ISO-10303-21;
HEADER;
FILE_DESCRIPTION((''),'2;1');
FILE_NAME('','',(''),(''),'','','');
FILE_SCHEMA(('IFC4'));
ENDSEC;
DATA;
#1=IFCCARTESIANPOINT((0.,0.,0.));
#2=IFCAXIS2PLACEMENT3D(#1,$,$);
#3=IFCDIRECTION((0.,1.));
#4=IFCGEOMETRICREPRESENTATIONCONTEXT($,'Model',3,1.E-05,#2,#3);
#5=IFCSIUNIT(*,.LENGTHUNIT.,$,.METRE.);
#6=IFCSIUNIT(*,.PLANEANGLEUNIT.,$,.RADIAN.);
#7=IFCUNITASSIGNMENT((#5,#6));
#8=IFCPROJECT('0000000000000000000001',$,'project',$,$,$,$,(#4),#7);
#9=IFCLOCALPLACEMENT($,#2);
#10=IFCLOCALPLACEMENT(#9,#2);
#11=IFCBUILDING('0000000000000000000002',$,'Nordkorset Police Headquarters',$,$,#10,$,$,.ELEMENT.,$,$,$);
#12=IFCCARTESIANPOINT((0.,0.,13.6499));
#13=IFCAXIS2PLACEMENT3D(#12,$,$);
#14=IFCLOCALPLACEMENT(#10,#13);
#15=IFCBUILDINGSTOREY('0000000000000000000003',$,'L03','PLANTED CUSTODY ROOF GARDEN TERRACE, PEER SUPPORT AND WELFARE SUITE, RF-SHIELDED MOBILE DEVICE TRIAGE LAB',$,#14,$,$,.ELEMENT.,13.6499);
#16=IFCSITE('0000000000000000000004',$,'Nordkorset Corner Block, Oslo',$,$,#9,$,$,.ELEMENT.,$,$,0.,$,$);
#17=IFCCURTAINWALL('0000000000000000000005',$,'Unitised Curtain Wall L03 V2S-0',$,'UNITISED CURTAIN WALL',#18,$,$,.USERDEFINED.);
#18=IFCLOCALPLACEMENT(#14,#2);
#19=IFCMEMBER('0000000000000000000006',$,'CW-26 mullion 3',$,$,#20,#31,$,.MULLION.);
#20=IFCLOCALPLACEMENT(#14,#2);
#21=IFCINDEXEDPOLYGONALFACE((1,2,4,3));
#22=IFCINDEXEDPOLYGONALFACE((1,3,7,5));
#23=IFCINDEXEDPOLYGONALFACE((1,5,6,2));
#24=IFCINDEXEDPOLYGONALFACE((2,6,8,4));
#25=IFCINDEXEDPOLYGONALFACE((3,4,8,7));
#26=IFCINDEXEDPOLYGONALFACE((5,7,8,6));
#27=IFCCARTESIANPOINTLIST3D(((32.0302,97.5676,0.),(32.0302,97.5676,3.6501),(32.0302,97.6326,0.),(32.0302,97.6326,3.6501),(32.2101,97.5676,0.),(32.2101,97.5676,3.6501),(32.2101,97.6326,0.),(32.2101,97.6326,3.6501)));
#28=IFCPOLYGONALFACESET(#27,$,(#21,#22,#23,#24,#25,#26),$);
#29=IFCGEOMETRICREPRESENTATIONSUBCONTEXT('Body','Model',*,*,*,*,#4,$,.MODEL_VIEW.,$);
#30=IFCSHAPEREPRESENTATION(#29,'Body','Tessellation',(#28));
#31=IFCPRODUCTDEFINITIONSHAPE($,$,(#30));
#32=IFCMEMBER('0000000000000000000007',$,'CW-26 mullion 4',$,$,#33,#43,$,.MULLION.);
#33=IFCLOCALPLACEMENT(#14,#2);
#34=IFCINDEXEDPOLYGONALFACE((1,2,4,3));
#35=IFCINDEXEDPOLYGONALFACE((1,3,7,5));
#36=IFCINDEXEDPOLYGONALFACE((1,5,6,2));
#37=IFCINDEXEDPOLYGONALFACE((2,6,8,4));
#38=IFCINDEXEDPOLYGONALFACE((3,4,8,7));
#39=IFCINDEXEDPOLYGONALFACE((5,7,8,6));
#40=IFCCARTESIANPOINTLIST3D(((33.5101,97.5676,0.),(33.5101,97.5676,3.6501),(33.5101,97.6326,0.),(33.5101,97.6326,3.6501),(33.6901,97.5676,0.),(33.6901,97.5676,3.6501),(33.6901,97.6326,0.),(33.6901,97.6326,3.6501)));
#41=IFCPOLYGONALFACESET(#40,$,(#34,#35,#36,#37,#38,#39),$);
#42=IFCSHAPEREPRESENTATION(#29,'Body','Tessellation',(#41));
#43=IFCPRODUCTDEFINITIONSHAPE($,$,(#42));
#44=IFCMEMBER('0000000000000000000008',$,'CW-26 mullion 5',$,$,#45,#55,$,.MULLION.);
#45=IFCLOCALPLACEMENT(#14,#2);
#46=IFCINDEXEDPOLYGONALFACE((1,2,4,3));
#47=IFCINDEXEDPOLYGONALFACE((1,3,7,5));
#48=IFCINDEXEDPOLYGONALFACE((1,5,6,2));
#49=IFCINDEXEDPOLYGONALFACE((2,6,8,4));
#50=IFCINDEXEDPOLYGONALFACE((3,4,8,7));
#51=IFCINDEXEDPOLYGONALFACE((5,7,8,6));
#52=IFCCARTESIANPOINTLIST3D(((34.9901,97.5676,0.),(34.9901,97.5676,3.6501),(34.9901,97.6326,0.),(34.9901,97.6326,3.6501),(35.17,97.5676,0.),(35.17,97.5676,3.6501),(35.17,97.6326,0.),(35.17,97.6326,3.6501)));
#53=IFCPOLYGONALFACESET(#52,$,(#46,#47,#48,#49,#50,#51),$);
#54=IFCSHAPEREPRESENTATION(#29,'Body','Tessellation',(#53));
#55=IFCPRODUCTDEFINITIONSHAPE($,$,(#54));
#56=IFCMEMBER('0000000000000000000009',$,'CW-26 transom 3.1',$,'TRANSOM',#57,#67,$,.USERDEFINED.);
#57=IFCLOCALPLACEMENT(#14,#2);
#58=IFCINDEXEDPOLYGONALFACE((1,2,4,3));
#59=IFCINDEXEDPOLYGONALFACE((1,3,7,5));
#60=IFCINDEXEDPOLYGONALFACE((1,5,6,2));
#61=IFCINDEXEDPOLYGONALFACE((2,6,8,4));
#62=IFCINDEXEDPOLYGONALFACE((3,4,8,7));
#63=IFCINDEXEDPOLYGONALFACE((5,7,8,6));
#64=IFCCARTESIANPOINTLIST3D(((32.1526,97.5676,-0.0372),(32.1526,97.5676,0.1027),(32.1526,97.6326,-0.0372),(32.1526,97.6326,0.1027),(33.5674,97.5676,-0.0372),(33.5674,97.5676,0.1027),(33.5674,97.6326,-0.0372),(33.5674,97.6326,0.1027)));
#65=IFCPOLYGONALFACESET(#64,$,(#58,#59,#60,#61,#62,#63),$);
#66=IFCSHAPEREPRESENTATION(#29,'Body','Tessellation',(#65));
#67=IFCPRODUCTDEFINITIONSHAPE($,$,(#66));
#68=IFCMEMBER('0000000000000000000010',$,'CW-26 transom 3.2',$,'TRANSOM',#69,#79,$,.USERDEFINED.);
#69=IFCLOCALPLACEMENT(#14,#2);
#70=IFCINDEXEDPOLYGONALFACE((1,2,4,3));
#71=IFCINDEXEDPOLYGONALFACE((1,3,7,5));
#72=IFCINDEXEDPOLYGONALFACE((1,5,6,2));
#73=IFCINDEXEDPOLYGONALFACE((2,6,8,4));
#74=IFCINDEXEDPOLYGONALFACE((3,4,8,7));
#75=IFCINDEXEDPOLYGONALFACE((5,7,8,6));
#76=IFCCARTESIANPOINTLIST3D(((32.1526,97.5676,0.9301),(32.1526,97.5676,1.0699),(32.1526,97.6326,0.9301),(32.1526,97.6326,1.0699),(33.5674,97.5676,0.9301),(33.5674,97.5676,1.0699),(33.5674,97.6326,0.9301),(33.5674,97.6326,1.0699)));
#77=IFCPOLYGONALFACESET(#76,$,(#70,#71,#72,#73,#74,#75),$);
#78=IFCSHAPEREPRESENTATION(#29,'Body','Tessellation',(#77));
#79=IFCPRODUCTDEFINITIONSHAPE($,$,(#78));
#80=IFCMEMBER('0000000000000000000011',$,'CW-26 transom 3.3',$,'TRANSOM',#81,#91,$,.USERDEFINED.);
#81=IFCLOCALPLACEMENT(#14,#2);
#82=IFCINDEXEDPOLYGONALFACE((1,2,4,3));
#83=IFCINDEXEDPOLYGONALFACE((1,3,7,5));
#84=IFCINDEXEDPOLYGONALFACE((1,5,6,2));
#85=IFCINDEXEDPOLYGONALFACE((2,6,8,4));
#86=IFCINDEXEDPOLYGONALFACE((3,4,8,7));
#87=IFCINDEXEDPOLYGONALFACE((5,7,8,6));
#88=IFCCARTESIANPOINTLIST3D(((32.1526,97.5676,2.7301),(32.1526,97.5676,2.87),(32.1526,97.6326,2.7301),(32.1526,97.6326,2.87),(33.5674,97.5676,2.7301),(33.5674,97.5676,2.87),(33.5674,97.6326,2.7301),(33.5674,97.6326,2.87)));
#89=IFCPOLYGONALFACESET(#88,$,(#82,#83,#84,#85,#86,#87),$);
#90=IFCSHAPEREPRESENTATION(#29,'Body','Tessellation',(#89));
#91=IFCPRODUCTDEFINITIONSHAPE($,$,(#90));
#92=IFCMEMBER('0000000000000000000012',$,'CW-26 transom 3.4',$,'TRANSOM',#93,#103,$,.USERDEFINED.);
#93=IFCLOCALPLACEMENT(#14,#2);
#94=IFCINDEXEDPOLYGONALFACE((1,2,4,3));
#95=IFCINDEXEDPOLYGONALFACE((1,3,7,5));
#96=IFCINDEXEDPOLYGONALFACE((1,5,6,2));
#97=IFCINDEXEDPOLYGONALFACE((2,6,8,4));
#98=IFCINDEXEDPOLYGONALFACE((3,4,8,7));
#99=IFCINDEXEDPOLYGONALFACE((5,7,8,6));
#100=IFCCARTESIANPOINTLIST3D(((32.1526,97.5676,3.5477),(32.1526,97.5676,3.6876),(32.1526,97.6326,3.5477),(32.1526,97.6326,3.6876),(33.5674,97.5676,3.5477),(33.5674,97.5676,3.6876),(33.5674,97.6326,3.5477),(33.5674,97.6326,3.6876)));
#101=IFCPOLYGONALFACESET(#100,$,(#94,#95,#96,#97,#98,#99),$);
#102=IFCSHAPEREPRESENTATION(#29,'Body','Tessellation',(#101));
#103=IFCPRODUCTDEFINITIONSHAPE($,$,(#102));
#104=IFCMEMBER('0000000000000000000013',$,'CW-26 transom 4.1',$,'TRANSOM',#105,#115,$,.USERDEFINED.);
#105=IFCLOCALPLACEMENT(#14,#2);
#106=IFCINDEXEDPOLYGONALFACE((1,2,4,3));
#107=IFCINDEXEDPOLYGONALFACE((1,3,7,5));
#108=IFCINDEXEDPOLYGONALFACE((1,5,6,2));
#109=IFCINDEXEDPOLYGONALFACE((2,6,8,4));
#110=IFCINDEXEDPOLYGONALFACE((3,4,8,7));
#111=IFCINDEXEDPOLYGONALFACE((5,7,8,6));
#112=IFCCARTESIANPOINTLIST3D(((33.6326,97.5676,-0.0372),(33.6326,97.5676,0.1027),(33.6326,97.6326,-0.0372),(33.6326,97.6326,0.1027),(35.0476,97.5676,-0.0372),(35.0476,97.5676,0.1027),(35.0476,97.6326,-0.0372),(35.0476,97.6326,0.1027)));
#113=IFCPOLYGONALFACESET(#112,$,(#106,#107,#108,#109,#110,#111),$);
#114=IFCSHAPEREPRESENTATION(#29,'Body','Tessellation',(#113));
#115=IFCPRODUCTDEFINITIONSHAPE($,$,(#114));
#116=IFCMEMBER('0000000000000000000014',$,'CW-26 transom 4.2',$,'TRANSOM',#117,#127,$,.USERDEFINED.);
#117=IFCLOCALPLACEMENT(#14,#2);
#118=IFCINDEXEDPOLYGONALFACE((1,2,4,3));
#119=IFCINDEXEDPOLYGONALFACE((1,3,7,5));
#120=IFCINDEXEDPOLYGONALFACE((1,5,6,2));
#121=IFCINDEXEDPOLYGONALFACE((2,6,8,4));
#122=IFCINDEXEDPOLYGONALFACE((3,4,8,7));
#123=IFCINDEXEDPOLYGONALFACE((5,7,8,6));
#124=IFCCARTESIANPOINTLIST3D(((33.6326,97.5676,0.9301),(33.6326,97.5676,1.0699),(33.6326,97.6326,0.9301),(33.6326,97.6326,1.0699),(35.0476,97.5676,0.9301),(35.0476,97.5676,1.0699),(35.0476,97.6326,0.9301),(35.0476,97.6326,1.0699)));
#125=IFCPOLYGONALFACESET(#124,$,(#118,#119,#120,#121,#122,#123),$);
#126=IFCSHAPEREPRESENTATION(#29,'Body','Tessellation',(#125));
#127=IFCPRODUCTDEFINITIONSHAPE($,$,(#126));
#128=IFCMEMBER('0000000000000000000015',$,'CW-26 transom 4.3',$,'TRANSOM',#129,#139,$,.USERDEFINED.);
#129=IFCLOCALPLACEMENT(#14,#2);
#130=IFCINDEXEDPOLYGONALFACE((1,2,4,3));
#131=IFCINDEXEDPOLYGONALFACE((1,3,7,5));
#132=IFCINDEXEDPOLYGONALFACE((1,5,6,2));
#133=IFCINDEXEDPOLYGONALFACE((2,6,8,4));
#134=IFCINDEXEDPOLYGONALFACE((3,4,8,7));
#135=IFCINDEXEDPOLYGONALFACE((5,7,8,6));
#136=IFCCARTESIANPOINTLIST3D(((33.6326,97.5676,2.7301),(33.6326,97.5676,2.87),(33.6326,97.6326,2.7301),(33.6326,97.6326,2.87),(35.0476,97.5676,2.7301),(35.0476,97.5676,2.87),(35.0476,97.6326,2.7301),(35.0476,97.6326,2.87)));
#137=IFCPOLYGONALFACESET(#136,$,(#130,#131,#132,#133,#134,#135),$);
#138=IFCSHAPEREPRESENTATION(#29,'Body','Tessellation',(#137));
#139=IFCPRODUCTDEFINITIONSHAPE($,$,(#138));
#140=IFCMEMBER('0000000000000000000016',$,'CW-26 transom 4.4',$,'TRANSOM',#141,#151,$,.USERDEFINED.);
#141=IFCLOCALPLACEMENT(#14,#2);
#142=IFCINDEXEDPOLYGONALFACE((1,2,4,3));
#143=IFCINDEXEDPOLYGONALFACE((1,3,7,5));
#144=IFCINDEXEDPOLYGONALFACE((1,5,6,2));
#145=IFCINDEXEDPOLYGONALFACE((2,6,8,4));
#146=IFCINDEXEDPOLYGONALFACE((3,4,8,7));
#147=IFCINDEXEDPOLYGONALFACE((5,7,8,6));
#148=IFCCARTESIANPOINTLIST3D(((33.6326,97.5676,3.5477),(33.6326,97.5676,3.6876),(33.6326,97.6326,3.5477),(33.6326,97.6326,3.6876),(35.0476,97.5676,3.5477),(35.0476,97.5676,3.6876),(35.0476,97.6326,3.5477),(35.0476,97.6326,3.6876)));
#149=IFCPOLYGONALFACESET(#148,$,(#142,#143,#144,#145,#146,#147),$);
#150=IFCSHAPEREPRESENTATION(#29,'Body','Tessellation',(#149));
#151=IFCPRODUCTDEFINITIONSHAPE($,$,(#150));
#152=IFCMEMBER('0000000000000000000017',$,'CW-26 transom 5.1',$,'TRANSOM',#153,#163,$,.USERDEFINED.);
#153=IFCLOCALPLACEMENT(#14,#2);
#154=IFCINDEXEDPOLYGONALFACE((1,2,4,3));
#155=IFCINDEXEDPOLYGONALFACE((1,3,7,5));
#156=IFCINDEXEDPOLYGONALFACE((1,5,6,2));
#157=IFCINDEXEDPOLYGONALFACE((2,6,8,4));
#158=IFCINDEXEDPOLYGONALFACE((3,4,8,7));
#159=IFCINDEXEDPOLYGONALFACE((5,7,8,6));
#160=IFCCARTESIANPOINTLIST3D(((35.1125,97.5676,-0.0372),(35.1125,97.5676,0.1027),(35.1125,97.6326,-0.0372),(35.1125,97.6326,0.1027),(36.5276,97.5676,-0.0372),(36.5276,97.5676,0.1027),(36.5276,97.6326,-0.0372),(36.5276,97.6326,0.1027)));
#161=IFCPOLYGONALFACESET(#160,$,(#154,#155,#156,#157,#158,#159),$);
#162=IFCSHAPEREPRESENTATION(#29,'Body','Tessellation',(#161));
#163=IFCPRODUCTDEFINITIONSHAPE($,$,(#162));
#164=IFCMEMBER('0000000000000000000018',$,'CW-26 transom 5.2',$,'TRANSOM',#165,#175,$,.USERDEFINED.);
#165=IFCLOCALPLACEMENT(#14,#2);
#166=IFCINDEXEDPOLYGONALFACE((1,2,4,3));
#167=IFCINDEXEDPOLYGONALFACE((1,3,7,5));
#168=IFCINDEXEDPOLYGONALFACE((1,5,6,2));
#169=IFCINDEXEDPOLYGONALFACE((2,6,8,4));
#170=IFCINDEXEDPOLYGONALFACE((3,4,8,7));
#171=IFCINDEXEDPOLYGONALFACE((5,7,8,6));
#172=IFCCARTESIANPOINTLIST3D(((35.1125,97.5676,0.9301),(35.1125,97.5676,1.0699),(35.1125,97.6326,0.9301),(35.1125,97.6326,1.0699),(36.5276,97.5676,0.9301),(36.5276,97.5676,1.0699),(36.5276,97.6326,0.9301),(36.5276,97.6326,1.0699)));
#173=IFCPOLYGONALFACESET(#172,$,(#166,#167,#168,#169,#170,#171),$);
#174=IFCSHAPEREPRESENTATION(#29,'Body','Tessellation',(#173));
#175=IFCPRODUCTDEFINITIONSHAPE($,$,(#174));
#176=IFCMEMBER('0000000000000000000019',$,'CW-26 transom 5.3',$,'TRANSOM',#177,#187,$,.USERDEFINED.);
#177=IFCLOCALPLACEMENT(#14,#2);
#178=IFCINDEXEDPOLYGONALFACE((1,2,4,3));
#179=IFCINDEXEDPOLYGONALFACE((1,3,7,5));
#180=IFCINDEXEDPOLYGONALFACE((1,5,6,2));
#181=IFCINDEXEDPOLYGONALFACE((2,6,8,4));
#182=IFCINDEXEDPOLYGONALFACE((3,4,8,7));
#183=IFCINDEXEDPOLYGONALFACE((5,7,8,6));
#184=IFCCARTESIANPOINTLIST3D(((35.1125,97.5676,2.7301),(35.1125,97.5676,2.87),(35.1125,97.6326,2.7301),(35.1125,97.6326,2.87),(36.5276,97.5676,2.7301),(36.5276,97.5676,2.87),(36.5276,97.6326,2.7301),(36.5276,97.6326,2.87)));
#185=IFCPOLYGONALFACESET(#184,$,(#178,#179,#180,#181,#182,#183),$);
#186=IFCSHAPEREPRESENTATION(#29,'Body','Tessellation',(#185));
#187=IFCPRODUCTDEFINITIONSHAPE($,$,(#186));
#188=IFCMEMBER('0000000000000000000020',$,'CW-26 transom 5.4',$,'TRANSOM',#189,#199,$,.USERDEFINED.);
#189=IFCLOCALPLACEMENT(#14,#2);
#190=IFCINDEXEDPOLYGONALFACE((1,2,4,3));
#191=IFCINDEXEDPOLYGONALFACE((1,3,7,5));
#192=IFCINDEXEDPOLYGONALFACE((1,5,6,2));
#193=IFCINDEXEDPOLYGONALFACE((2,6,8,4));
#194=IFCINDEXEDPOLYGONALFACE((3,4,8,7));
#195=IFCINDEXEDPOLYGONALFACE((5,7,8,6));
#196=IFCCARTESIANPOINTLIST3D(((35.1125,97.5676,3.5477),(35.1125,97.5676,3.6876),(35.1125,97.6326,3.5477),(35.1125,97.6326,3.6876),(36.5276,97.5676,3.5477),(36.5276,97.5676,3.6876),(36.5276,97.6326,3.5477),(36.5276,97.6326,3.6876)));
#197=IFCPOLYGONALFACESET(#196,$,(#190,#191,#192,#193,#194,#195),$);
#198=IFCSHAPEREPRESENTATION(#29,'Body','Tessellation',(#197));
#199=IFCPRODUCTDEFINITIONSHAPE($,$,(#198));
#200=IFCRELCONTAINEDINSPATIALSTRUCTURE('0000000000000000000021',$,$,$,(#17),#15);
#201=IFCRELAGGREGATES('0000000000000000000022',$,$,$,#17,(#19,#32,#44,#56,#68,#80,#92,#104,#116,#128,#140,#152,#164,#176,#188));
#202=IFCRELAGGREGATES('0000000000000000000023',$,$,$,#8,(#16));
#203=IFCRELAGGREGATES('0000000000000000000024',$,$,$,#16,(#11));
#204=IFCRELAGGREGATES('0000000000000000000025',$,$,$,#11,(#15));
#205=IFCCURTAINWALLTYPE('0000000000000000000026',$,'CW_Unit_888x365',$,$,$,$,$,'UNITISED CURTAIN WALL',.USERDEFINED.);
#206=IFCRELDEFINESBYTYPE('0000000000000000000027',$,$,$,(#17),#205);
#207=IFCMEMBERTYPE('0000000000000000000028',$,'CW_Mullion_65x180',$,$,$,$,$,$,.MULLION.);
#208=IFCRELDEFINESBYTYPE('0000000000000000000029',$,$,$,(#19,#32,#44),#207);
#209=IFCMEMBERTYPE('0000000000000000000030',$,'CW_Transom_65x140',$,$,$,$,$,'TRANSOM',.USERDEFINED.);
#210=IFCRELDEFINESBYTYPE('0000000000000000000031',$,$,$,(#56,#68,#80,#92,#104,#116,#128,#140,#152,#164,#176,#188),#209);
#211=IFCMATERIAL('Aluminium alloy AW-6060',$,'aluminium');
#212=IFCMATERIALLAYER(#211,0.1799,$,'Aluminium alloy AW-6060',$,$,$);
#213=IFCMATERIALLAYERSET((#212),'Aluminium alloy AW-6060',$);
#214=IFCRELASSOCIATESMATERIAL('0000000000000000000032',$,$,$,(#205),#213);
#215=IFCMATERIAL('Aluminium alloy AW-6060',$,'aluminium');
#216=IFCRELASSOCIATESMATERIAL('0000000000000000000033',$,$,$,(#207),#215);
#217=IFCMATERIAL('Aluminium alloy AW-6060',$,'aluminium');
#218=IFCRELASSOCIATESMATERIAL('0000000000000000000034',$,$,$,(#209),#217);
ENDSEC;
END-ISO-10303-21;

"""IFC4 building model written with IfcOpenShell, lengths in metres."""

from ifc_helpers import new_model, si_unit, direction, frame, origin, origin_2d, place, context, subcontext, project, spatial, rectangle, extrude, material, layer, layer_set, material_profile, profile_set, type_object, element, aggregate, save


model = new_model("IFC4")

# Units and contexts
model_context = context("Model", 3, precision=1e-05, world=origin(), true_north=direction((0.0, 1.0)))
body_context = subcontext(model_context, "Body", "Model", "MODEL_VIEW")
ifc_project = project(units=[si_unit("LENGTHUNIT", "METRE"), si_unit("PLANEANGLEUNIT", "RADIAN")], contexts=[model_context])

# Site, building, storey
site_placement = place(None, origin())
site = spatial("IfcSite", under=ifc_project, at=site_placement, Name="Nordkorset Corner Block, Oslo", CompositionType="ELEMENT", RefElevation=0.0)
building_placement = place(site_placement, origin())
building = spatial("IfcBuilding", under=site, at=building_placement, Name="Nordkorset Police Headquarters", CompositionType="ELEMENT")
storey_placement = place(building_placement, frame((0.0, 0.0, 13.6499)))
storey = spatial("IfcBuildingStorey", under=building, at=storey_placement, Name="L03", Description="PLANTED CUSTODY ROOF GARDEN TERRACE, PEER SUPPORT AND WELFARE SUITE, RF-SHIELDED MOBILE DEVICE TRIAGE LAB", CompositionType="ELEMENT", Elevation=13.6499)

# Curtain wall, members
ifc_material_1 = material(Name="Aluminium alloy AW-6060", Category="aluminium")
ifc_layer_1 = layer(ifc_material_1, 0.1799, Name="Aluminium alloy AW-6060")
ifc_layer_set_1 = layer_set([ifc_layer_1], Name="Aluminium alloy AW-6060")
curtain_wall_type = type_object("IfcCurtainWallType", Name="CW_Unit_888x365", ElementType="UNITISED CURTAIN WALL", PredefinedType="USERDEFINED", material=ifc_layer_set_1)
curtain_wall_placement = place(storey_placement, origin())
curtain_wall = element("IfcCurtainWall", 1, at=curtain_wall_placement, inside=storey, type_object=curtain_wall_type, Name="Unitised Curtain Wall L03 V2S-0", ObjectType="UNITISED CURTAIN WALL", PredefinedType="USERDEFINED")
ifc_material_2 = material(Name="Aluminium alloy AW-6060", Category="aluminium")
ifc_material_profile_1 = material_profile(ifc_material_2, rectangle(XDim=0.0649, YDim=0.1799, at=origin_2d()), Name="ALU MULL 65x180")
ifc_profile_set_1 = profile_set([ifc_material_profile_1], Name="Aluminium alloy AW-6060")
member_type_1 = type_object("IfcMemberType", Name="CW_Mullion_65x180", PredefinedType="MULLION", material=ifc_profile_set_1)
member_1_placement = place(storey_placement, frame((32.1201, 97.6001, 0.0), z_axis=(0.0, 0.0, 1.0), x_axis=(0.0, 1.0, 0.0)))
member_1 = element("IfcMember", 2, at=member_1_placement, type_object=member_type_1, Name="CW-26 mullion 3", PredefinedType="MULLION", context=body_context, shape_type="SweptSolid", body=[
    extrude(rectangle(XDim=0.0649, YDim=0.1799, at=origin_2d()), origin(), (0.0, 0.0, 1.0), 3.6501),
])
member_2_placement = place(storey_placement, frame((33.6001, 97.6001, 0.0), z_axis=(0.0, 0.0, 1.0), x_axis=(0.0, 1.0, 0.0)))
member_2 = element("IfcMember", 3, at=member_2_placement, type_object=member_type_1, Name="CW-26 mullion 4", PredefinedType="MULLION", context=body_context, shape_type="SweptSolid", body=[
    extrude(rectangle(XDim=0.0649, YDim=0.1799, at=origin_2d()), origin(), (0.0, 0.0, 1.0), 3.6501),
])
member_3_placement = place(storey_placement, frame((35.0801, 97.6001, 0.0), z_axis=(0.0, 0.0, 1.0), x_axis=(0.0, 1.0, 0.0)))
member_3 = element("IfcMember", 4, at=member_3_placement, type_object=member_type_1, Name="CW-26 mullion 5", PredefinedType="MULLION", context=body_context, shape_type="SweptSolid", body=[
    extrude(rectangle(XDim=0.0649, YDim=0.1799, at=origin_2d()), origin(), (0.0, 0.0, 1.0), 3.6501),
])
ifc_material_3 = material(Name="Aluminium alloy AW-6060", Category="aluminium")
ifc_material_profile_2 = material_profile(ifc_material_3, rectangle(XDim=0.0649, YDim=0.1399, at=origin_2d()), Name="ALU TRAN 65x140")
ifc_profile_set_2 = profile_set([ifc_material_profile_2], Name="Aluminium alloy AW-6060")
member_type_2 = type_object("IfcMemberType", Name="CW_Transom_65x140", ElementType="TRANSOM", PredefinedType="USERDEFINED", material=ifc_profile_set_2)
member_4_placement = place(storey_placement, frame((32.1526, 97.6001, 0.0327), z_axis=(1.0, 0.0, 0.0), x_axis=(0.0, 1.0, 0.0)))
member_4 = element("IfcMember", 5, at=member_4_placement, type_object=member_type_2, Name="CW-26 transom 3.1", ObjectType="TRANSOM", PredefinedType="USERDEFINED", context=body_context, shape_type="SweptSolid", body=[
    extrude(rectangle(XDim=0.0649, YDim=0.1399, at=origin_2d()), origin(), (0.0, 0.0, 1.0), 1.4148),
])
member_5_placement = place(storey_placement, frame((32.1526, 97.6001, 1.0), z_axis=(1.0, 0.0, 0.0), x_axis=(0.0, 1.0, 0.0)))
member_5 = element("IfcMember", 6, at=member_5_placement, type_object=member_type_2, Name="CW-26 transom 3.2", ObjectType="TRANSOM", PredefinedType="USERDEFINED", context=body_context, shape_type="SweptSolid", body=[
    extrude(rectangle(XDim=0.0649, YDim=0.1399, at=origin_2d()), origin(), (0.0, 0.0, 1.0), 1.4148),
])
member_6_placement = place(storey_placement, frame((32.1526, 97.6001, 2.8), z_axis=(1.0, 0.0, 0.0), x_axis=(0.0, 1.0, 0.0)))
member_6 = element("IfcMember", 7, at=member_6_placement, type_object=member_type_2, Name="CW-26 transom 3.3", ObjectType="TRANSOM", PredefinedType="USERDEFINED", context=body_context, shape_type="SweptSolid", body=[
    extrude(rectangle(XDim=0.0649, YDim=0.1399, at=origin_2d()), origin(), (0.0, 0.0, 1.0), 1.4148),
])
member_7_placement = place(storey_placement, frame((32.1526, 97.6001, 3.6177), z_axis=(1.0, 0.0, 0.0), x_axis=(0.0, 1.0, 0.0)))
member_7 = element("IfcMember", 8, at=member_7_placement, type_object=member_type_2, Name="CW-26 transom 3.4", ObjectType="TRANSOM", PredefinedType="USERDEFINED", context=body_context, shape_type="SweptSolid", body=[
    extrude(rectangle(XDim=0.0649, YDim=0.1399, at=origin_2d()), origin(), (0.0, 0.0, 1.0), 1.4148),
])
member_8_placement = place(storey_placement, frame((33.6326, 97.6001, 0.0327), z_axis=(1.0, 0.0, 0.0), x_axis=(0.0, 1.0, 0.0)))
member_8 = element("IfcMember", 9, at=member_8_placement, type_object=member_type_2, Name="CW-26 transom 4.1", ObjectType="TRANSOM", PredefinedType="USERDEFINED", context=body_context, shape_type="SweptSolid", body=[
    extrude(rectangle(XDim=0.0649, YDim=0.1399, at=origin_2d()), origin(), (0.0, 0.0, 1.0), 1.415),
])
member_9_placement = place(storey_placement, frame((33.6326, 97.6001, 1.0), z_axis=(1.0, 0.0, 0.0), x_axis=(0.0, 1.0, 0.0)))
member_9 = element("IfcMember", 10, at=member_9_placement, type_object=member_type_2, Name="CW-26 transom 4.2", ObjectType="TRANSOM", PredefinedType="USERDEFINED", context=body_context, shape_type="SweptSolid", body=[
    extrude(rectangle(XDim=0.0649, YDim=0.1399, at=origin_2d()), origin(), (0.0, 0.0, 1.0), 1.415),
])
member_10_placement = place(storey_placement, frame((33.6326, 97.6001, 2.8), z_axis=(1.0, 0.0, 0.0), x_axis=(0.0, 1.0, 0.0)))
member_10 = element("IfcMember", 11, at=member_10_placement, type_object=member_type_2, Name="CW-26 transom 4.3", ObjectType="TRANSOM", PredefinedType="USERDEFINED", context=body_context, shape_type="SweptSolid", body=[
    extrude(rectangle(XDim=0.0649, YDim=0.1399, at=origin_2d()), origin(), (0.0, 0.0, 1.0), 1.415),
])
member_11_placement = place(storey_placement, frame((33.6326, 97.6001, 3.6177), z_axis=(1.0, 0.0, 0.0), x_axis=(0.0, 1.0, 0.0)))
member_11 = element("IfcMember", 12, at=member_11_placement, type_object=member_type_2, Name="CW-26 transom 4.4", ObjectType="TRANSOM", PredefinedType="USERDEFINED", context=body_context, shape_type="SweptSolid", body=[
    extrude(rectangle(XDim=0.0649, YDim=0.1399, at=origin_2d()), origin(), (0.0, 0.0, 1.0), 1.415),
])
member_12_placement = place(storey_placement, frame((35.1125, 97.6001, 0.0327), z_axis=(1.0, 0.0, 0.0), x_axis=(0.0, 1.0, 0.0)))
member_12 = element("IfcMember", 13, at=member_12_placement, type_object=member_type_2, Name="CW-26 transom 5.1", ObjectType="TRANSOM", PredefinedType="USERDEFINED", context=body_context, shape_type="SweptSolid", body=[
    extrude(rectangle(XDim=0.0649, YDim=0.1399, at=origin_2d()), origin(), (0.0, 0.0, 1.0), 1.415),
])
member_13_placement = place(storey_placement, frame((35.1125, 97.6001, 1.0), z_axis=(1.0, 0.0, 0.0), x_axis=(0.0, 1.0, 0.0)))
member_13 = element("IfcMember", 14, at=member_13_placement, type_object=member_type_2, Name="CW-26 transom 5.2", ObjectType="TRANSOM", PredefinedType="USERDEFINED", context=body_context, shape_type="SweptSolid", body=[
    extrude(rectangle(XDim=0.0649, YDim=0.1399, at=origin_2d()), origin(), (0.0, 0.0, 1.0), 1.415),
])
member_14_placement = place(storey_placement, frame((35.1125, 97.6001, 2.8), z_axis=(1.0, 0.0, 0.0), x_axis=(0.0, 1.0, 0.0)))
member_14 = element("IfcMember", 15, at=member_14_placement, type_object=member_type_2, Name="CW-26 transom 5.3", ObjectType="TRANSOM", PredefinedType="USERDEFINED", context=body_context, shape_type="SweptSolid", body=[
    extrude(rectangle(XDim=0.0649, YDim=0.1399, at=origin_2d()), origin(), (0.0, 0.0, 1.0), 1.415),
])
member_15_placement = place(storey_placement, frame((35.1125, 97.6001, 3.6177), z_axis=(1.0, 0.0, 0.0), x_axis=(0.0, 1.0, 0.0)))
member_15 = element("IfcMember", 16, at=member_15_placement, type_object=member_type_2, Name="CW-26 transom 5.4", ObjectType="TRANSOM", PredefinedType="USERDEFINED", context=body_context, shape_type="SweptSolid", body=[
    extrude(rectangle(XDim=0.0649, YDim=0.1399, at=origin_2d()), origin(), (0.0, 0.0, 1.0), 1.415),
])
aggregate(curtain_wall, [member_1, member_2, member_3, member_4, member_5, member_6, member_7, member_8, member_9, member_10, member_11, member_12, member_13, member_14, member_15])

save(model, "model.ifc")
